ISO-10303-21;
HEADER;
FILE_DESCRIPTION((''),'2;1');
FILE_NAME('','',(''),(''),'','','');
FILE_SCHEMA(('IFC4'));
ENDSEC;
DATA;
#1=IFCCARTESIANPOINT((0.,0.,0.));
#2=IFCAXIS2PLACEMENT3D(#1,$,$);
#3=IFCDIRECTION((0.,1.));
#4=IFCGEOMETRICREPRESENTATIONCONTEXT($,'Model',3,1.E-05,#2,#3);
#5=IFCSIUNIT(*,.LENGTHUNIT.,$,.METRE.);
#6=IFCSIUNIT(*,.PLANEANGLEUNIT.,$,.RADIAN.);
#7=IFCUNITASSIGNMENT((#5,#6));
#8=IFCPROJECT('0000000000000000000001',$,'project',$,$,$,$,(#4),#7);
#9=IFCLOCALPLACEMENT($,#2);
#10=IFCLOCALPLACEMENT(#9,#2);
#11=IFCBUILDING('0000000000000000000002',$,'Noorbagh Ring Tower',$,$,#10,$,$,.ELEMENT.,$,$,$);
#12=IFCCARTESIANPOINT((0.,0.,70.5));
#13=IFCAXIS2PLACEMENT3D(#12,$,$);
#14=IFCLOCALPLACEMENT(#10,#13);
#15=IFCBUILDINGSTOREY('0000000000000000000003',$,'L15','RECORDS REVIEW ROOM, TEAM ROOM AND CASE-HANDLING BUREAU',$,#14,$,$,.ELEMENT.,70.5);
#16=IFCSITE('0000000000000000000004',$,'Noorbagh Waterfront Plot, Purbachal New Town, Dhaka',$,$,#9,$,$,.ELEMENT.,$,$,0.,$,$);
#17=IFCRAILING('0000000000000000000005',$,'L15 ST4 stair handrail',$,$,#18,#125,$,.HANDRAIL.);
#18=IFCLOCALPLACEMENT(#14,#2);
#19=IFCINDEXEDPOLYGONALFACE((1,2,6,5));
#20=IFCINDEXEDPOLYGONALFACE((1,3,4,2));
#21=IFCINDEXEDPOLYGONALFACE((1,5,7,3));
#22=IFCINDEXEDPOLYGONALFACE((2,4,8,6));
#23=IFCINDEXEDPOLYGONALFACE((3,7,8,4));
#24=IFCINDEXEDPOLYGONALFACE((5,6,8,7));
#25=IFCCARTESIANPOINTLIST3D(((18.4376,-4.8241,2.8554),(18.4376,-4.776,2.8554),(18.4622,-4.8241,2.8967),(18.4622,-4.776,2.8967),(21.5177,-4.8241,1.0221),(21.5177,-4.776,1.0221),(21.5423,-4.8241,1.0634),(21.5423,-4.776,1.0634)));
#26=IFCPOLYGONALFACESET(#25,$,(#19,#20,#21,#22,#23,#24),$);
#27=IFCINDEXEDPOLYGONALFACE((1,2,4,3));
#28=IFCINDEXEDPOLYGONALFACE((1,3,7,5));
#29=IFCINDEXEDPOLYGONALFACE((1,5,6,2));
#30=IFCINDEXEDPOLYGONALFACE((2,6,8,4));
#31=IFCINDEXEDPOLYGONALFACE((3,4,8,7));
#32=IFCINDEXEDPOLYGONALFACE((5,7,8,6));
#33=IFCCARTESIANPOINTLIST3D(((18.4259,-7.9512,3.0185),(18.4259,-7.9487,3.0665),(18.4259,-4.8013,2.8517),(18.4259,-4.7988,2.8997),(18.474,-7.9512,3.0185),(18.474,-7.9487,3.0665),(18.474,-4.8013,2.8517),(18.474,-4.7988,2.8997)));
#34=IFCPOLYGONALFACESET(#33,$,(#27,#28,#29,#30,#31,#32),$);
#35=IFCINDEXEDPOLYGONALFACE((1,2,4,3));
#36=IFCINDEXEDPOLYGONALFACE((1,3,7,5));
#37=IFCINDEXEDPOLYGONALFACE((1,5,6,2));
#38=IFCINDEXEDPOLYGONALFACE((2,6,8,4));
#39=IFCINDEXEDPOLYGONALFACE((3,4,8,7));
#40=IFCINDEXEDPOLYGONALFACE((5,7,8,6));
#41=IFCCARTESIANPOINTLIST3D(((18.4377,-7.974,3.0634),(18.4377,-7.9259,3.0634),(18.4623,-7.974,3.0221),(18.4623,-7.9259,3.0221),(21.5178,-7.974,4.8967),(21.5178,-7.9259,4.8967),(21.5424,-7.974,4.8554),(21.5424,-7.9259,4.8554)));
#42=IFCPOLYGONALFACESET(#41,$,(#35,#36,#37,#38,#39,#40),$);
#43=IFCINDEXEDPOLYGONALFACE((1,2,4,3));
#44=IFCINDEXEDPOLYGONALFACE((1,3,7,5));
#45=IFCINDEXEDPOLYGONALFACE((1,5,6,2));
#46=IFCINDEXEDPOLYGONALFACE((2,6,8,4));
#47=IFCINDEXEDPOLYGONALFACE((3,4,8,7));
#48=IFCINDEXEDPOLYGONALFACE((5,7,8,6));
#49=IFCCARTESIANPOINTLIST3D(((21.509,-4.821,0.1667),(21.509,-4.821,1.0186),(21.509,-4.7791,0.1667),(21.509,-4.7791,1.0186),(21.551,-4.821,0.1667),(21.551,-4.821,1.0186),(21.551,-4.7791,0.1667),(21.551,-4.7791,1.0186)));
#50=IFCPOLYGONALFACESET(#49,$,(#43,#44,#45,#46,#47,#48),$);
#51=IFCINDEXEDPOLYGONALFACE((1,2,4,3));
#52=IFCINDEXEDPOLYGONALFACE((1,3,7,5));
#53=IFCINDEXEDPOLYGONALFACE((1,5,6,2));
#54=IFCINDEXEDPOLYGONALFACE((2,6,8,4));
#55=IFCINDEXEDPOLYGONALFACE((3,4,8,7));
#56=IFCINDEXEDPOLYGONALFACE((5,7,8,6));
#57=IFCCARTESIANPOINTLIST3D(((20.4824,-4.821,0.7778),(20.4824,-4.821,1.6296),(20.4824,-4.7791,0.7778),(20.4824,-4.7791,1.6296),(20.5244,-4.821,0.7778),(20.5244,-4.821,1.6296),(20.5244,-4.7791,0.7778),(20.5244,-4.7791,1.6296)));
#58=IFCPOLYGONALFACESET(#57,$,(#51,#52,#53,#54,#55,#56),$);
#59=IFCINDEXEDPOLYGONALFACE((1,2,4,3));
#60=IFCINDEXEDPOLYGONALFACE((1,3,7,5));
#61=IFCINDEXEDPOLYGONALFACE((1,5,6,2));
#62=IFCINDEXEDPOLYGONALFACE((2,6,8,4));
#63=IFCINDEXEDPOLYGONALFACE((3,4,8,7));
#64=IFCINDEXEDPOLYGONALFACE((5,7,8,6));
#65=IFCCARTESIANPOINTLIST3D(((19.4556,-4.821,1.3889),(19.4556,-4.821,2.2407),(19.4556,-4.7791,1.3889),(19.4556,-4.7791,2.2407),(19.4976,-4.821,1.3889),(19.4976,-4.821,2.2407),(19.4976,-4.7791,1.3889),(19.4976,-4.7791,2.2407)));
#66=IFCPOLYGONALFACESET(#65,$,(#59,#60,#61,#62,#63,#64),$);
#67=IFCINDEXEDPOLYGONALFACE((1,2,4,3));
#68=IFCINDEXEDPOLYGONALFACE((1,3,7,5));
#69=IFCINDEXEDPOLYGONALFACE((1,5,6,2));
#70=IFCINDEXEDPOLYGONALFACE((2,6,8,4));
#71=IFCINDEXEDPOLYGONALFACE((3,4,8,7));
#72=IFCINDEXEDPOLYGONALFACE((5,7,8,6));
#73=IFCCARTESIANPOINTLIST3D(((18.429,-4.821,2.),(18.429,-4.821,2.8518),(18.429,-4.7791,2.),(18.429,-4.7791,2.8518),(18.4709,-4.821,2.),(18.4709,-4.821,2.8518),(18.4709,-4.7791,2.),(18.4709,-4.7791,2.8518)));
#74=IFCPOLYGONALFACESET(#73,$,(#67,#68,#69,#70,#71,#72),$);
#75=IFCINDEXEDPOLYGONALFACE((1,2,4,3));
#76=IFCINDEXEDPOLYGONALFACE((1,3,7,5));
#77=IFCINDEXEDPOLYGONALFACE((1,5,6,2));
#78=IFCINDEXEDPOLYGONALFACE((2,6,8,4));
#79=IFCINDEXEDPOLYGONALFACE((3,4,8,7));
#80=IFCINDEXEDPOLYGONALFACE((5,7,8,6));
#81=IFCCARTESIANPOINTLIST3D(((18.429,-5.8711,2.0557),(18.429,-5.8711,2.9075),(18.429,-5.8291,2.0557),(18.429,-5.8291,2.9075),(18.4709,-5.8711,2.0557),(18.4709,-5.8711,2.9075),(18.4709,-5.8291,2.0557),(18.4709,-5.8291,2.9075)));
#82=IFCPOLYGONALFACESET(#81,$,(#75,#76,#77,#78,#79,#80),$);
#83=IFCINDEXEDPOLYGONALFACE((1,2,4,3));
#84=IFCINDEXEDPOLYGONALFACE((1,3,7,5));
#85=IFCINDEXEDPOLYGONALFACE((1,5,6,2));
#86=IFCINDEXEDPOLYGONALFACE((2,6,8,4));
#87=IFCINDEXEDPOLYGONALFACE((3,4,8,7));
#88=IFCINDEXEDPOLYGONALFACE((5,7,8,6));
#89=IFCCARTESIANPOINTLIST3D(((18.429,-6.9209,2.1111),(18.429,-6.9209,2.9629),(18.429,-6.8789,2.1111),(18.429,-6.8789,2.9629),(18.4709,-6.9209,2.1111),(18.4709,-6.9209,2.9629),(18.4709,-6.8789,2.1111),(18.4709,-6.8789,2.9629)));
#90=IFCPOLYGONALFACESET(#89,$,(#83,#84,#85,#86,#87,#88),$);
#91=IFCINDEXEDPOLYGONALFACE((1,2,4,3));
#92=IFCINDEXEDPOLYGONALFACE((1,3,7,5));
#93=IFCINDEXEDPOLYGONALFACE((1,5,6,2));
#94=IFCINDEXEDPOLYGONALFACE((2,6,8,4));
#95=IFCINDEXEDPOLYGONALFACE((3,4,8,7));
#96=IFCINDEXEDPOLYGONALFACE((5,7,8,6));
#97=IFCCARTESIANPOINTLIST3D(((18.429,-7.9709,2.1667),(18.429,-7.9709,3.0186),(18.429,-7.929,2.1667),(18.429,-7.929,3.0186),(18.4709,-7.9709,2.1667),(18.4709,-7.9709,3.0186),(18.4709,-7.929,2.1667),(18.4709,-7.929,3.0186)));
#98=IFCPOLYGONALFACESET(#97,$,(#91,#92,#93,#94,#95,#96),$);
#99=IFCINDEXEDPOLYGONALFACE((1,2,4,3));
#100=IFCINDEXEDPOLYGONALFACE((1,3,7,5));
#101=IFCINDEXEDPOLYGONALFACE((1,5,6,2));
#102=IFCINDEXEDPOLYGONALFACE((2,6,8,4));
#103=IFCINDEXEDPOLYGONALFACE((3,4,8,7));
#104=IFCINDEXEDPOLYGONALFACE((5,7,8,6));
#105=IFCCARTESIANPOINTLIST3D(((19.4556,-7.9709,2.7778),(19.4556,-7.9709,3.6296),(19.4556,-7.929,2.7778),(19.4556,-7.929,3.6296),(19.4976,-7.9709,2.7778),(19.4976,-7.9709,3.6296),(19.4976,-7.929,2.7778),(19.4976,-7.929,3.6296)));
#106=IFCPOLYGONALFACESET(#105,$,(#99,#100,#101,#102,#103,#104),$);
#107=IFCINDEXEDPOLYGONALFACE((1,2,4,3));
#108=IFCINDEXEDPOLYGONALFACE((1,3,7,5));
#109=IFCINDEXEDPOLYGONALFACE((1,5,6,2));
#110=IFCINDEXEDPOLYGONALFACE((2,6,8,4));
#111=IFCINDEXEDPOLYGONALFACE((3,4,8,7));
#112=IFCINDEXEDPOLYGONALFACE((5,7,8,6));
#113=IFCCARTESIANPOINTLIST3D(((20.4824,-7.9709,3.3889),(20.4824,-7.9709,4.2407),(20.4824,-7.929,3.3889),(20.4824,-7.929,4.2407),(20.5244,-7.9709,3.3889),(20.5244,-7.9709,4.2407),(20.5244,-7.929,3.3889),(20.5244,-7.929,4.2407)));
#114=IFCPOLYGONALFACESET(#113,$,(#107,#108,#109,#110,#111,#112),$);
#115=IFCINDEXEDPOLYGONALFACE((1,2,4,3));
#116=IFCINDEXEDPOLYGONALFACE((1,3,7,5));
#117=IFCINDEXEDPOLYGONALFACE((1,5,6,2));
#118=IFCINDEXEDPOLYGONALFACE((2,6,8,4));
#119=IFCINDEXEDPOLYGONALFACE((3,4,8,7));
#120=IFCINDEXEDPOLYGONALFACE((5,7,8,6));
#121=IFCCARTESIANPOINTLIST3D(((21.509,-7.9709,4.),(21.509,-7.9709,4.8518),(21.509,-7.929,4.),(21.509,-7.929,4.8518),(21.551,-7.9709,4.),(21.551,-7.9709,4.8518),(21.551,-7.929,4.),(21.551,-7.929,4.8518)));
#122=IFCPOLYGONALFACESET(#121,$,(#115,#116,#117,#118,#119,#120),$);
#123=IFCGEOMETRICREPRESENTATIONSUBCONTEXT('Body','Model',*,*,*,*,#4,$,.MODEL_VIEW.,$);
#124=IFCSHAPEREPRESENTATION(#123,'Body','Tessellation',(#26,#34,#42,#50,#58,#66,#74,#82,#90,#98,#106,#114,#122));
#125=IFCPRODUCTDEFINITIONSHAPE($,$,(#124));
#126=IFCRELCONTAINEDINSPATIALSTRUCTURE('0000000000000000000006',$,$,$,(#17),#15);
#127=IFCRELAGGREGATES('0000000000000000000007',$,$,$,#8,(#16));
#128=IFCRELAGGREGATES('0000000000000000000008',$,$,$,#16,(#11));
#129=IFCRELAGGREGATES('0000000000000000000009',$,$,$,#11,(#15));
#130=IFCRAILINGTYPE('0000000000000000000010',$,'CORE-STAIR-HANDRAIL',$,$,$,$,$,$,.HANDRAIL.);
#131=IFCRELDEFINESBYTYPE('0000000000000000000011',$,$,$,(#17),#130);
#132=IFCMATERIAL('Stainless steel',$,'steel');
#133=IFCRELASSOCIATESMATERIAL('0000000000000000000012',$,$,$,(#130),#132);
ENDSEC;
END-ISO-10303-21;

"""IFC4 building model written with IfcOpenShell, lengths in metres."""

from ifc_helpers import new_model, si_unit, direction, frame, origin, origin_2d, place, context, subcontext, project, spatial, rectangle, extrude, material, type_object, element, save


model = new_model("IFC4")

# Units and contexts
model_context = context("Model", 3, precision=1e-05, world=origin(), true_north=direction((0.0, 1.0)))
body_context = subcontext(model_context, "Body", "Model", "MODEL_VIEW")
ifc_project = project(units=[si_unit("LENGTHUNIT", "METRE"), si_unit("PLANEANGLEUNIT", "RADIAN")], contexts=[model_context])

# Site, building, storey
site_placement = place(None, origin())
site = spatial("IfcSite", under=ifc_project, at=site_placement, Name="Noorbagh Waterfront Plot, Purbachal New Town, Dhaka", CompositionType="ELEMENT", RefElevation=0.0)
building_placement = place(site_placement, origin())
building = spatial("IfcBuilding", under=site, at=building_placement, Name="Noorbagh Ring Tower", CompositionType="ELEMENT")
storey_placement = place(building_placement, frame((0.0, 0.0, 70.5)))
storey = spatial("IfcBuildingStorey", under=building, at=storey_placement, Name="L15", Description="RECORDS REVIEW ROOM, TEAM ROOM AND CASE-HANDLING BUREAU", CompositionType="ELEMENT", Elevation=70.5)

# Railing
ifc_material_1 = material(Name="Stainless steel", Category="steel")
railing_type_1 = type_object("IfcRailingType", Name="CORE-STAIR-HANDRAIL", PredefinedType="HANDRAIL", material=ifc_material_1)
railing_1_placement = place(storey_placement, frame((21.53, -4.8, 0.1667)))
element("IfcRailing", 1, at=railing_1_placement, inside=storey, type_object=railing_type_1, Name="L15 ST4 stair handrail", PredefinedType="HANDRAIL", context=body_context, shape_type="SweptSolid", body=[
    extrude(rectangle(XDim=0.0481, YDim=0.0481, at=origin_2d()), frame((0.0, 0.0, 0.876), z_axis=(-0.859309, 0.0, 0.511458), x_axis=(0.0, -1.0, 0.0)), (0.0, 0.0, 1.0), 3.5845),
    extrude(rectangle(XDim=0.0481, YDim=0.0481, at=origin_2d()), frame((-3.0801, 0.0, 2.709), z_axis=(0.0, -0.998602, 0.052864), x_axis=(1.0, 0.0, 0.0)), (0.0, 0.0, 1.0), 3.1543),
    extrude(rectangle(XDim=0.0481, YDim=0.0481, at=origin_2d()), frame((-3.0801, -3.1499, 2.876), z_axis=(0.859309, 0.0, 0.511458), x_axis=(0.0, 1.0, 0.0)), (0.0, 0.0, 1.0), 3.5845),
    extrude(rectangle(XDim=0.042, YDim=0.042, at=origin_2d()), origin(), (0.0, 0.0, 1.0), 0.8518),
    extrude(rectangle(XDim=0.042, YDim=0.042, at=origin_2d()), frame((-1.0266, 0.0, 0.6111)), (0.0, 0.0, 1.0), 0.8518),
    extrude(rectangle(XDim=0.042, YDim=0.042, at=origin_2d()), frame((-2.0535, 0.0, 1.2222)), (0.0, 0.0, 1.0), 0.8518),
    extrude(rectangle(XDim=0.042, YDim=0.042, at=origin_2d()), frame((-3.0801, 0.0, 1.8333)), (0.0, 0.0, 1.0), 0.8518),
    extrude(rectangle(XDim=0.042, YDim=0.042, at=origin_2d()), frame((-3.0801, -1.05, 1.8889)), (0.0, 0.0, 1.0), 0.8518),
    extrude(rectangle(XDim=0.042, YDim=0.042, at=origin_2d()), frame((-3.0801, -2.0999, 1.9443)), (0.0, 0.0, 1.0), 0.8518),
    extrude(rectangle(XDim=0.042, YDim=0.042, at=origin_2d()), frame((-3.0801, -3.1499, 2.0)), (0.0, 0.0, 1.0), 0.8518),
    extrude(rectangle(XDim=0.042, YDim=0.042, at=origin_2d()), frame((-2.0535, -3.1499, 2.6111)), (0.0, 0.0, 1.0), 0.8518),
    extrude(rectangle(XDim=0.042, YDim=0.042, at=origin_2d()), frame((-1.0266, -3.1499, 3.2222)), (0.0, 0.0, 1.0), 0.8518),
    extrude(rectangle(XDim=0.042, YDim=0.042, at=origin_2d()), frame((0.0, -3.1499, 3.8333)), (0.0, 0.0, 1.0), 0.8518),
])

save(model, "model.ifc")
